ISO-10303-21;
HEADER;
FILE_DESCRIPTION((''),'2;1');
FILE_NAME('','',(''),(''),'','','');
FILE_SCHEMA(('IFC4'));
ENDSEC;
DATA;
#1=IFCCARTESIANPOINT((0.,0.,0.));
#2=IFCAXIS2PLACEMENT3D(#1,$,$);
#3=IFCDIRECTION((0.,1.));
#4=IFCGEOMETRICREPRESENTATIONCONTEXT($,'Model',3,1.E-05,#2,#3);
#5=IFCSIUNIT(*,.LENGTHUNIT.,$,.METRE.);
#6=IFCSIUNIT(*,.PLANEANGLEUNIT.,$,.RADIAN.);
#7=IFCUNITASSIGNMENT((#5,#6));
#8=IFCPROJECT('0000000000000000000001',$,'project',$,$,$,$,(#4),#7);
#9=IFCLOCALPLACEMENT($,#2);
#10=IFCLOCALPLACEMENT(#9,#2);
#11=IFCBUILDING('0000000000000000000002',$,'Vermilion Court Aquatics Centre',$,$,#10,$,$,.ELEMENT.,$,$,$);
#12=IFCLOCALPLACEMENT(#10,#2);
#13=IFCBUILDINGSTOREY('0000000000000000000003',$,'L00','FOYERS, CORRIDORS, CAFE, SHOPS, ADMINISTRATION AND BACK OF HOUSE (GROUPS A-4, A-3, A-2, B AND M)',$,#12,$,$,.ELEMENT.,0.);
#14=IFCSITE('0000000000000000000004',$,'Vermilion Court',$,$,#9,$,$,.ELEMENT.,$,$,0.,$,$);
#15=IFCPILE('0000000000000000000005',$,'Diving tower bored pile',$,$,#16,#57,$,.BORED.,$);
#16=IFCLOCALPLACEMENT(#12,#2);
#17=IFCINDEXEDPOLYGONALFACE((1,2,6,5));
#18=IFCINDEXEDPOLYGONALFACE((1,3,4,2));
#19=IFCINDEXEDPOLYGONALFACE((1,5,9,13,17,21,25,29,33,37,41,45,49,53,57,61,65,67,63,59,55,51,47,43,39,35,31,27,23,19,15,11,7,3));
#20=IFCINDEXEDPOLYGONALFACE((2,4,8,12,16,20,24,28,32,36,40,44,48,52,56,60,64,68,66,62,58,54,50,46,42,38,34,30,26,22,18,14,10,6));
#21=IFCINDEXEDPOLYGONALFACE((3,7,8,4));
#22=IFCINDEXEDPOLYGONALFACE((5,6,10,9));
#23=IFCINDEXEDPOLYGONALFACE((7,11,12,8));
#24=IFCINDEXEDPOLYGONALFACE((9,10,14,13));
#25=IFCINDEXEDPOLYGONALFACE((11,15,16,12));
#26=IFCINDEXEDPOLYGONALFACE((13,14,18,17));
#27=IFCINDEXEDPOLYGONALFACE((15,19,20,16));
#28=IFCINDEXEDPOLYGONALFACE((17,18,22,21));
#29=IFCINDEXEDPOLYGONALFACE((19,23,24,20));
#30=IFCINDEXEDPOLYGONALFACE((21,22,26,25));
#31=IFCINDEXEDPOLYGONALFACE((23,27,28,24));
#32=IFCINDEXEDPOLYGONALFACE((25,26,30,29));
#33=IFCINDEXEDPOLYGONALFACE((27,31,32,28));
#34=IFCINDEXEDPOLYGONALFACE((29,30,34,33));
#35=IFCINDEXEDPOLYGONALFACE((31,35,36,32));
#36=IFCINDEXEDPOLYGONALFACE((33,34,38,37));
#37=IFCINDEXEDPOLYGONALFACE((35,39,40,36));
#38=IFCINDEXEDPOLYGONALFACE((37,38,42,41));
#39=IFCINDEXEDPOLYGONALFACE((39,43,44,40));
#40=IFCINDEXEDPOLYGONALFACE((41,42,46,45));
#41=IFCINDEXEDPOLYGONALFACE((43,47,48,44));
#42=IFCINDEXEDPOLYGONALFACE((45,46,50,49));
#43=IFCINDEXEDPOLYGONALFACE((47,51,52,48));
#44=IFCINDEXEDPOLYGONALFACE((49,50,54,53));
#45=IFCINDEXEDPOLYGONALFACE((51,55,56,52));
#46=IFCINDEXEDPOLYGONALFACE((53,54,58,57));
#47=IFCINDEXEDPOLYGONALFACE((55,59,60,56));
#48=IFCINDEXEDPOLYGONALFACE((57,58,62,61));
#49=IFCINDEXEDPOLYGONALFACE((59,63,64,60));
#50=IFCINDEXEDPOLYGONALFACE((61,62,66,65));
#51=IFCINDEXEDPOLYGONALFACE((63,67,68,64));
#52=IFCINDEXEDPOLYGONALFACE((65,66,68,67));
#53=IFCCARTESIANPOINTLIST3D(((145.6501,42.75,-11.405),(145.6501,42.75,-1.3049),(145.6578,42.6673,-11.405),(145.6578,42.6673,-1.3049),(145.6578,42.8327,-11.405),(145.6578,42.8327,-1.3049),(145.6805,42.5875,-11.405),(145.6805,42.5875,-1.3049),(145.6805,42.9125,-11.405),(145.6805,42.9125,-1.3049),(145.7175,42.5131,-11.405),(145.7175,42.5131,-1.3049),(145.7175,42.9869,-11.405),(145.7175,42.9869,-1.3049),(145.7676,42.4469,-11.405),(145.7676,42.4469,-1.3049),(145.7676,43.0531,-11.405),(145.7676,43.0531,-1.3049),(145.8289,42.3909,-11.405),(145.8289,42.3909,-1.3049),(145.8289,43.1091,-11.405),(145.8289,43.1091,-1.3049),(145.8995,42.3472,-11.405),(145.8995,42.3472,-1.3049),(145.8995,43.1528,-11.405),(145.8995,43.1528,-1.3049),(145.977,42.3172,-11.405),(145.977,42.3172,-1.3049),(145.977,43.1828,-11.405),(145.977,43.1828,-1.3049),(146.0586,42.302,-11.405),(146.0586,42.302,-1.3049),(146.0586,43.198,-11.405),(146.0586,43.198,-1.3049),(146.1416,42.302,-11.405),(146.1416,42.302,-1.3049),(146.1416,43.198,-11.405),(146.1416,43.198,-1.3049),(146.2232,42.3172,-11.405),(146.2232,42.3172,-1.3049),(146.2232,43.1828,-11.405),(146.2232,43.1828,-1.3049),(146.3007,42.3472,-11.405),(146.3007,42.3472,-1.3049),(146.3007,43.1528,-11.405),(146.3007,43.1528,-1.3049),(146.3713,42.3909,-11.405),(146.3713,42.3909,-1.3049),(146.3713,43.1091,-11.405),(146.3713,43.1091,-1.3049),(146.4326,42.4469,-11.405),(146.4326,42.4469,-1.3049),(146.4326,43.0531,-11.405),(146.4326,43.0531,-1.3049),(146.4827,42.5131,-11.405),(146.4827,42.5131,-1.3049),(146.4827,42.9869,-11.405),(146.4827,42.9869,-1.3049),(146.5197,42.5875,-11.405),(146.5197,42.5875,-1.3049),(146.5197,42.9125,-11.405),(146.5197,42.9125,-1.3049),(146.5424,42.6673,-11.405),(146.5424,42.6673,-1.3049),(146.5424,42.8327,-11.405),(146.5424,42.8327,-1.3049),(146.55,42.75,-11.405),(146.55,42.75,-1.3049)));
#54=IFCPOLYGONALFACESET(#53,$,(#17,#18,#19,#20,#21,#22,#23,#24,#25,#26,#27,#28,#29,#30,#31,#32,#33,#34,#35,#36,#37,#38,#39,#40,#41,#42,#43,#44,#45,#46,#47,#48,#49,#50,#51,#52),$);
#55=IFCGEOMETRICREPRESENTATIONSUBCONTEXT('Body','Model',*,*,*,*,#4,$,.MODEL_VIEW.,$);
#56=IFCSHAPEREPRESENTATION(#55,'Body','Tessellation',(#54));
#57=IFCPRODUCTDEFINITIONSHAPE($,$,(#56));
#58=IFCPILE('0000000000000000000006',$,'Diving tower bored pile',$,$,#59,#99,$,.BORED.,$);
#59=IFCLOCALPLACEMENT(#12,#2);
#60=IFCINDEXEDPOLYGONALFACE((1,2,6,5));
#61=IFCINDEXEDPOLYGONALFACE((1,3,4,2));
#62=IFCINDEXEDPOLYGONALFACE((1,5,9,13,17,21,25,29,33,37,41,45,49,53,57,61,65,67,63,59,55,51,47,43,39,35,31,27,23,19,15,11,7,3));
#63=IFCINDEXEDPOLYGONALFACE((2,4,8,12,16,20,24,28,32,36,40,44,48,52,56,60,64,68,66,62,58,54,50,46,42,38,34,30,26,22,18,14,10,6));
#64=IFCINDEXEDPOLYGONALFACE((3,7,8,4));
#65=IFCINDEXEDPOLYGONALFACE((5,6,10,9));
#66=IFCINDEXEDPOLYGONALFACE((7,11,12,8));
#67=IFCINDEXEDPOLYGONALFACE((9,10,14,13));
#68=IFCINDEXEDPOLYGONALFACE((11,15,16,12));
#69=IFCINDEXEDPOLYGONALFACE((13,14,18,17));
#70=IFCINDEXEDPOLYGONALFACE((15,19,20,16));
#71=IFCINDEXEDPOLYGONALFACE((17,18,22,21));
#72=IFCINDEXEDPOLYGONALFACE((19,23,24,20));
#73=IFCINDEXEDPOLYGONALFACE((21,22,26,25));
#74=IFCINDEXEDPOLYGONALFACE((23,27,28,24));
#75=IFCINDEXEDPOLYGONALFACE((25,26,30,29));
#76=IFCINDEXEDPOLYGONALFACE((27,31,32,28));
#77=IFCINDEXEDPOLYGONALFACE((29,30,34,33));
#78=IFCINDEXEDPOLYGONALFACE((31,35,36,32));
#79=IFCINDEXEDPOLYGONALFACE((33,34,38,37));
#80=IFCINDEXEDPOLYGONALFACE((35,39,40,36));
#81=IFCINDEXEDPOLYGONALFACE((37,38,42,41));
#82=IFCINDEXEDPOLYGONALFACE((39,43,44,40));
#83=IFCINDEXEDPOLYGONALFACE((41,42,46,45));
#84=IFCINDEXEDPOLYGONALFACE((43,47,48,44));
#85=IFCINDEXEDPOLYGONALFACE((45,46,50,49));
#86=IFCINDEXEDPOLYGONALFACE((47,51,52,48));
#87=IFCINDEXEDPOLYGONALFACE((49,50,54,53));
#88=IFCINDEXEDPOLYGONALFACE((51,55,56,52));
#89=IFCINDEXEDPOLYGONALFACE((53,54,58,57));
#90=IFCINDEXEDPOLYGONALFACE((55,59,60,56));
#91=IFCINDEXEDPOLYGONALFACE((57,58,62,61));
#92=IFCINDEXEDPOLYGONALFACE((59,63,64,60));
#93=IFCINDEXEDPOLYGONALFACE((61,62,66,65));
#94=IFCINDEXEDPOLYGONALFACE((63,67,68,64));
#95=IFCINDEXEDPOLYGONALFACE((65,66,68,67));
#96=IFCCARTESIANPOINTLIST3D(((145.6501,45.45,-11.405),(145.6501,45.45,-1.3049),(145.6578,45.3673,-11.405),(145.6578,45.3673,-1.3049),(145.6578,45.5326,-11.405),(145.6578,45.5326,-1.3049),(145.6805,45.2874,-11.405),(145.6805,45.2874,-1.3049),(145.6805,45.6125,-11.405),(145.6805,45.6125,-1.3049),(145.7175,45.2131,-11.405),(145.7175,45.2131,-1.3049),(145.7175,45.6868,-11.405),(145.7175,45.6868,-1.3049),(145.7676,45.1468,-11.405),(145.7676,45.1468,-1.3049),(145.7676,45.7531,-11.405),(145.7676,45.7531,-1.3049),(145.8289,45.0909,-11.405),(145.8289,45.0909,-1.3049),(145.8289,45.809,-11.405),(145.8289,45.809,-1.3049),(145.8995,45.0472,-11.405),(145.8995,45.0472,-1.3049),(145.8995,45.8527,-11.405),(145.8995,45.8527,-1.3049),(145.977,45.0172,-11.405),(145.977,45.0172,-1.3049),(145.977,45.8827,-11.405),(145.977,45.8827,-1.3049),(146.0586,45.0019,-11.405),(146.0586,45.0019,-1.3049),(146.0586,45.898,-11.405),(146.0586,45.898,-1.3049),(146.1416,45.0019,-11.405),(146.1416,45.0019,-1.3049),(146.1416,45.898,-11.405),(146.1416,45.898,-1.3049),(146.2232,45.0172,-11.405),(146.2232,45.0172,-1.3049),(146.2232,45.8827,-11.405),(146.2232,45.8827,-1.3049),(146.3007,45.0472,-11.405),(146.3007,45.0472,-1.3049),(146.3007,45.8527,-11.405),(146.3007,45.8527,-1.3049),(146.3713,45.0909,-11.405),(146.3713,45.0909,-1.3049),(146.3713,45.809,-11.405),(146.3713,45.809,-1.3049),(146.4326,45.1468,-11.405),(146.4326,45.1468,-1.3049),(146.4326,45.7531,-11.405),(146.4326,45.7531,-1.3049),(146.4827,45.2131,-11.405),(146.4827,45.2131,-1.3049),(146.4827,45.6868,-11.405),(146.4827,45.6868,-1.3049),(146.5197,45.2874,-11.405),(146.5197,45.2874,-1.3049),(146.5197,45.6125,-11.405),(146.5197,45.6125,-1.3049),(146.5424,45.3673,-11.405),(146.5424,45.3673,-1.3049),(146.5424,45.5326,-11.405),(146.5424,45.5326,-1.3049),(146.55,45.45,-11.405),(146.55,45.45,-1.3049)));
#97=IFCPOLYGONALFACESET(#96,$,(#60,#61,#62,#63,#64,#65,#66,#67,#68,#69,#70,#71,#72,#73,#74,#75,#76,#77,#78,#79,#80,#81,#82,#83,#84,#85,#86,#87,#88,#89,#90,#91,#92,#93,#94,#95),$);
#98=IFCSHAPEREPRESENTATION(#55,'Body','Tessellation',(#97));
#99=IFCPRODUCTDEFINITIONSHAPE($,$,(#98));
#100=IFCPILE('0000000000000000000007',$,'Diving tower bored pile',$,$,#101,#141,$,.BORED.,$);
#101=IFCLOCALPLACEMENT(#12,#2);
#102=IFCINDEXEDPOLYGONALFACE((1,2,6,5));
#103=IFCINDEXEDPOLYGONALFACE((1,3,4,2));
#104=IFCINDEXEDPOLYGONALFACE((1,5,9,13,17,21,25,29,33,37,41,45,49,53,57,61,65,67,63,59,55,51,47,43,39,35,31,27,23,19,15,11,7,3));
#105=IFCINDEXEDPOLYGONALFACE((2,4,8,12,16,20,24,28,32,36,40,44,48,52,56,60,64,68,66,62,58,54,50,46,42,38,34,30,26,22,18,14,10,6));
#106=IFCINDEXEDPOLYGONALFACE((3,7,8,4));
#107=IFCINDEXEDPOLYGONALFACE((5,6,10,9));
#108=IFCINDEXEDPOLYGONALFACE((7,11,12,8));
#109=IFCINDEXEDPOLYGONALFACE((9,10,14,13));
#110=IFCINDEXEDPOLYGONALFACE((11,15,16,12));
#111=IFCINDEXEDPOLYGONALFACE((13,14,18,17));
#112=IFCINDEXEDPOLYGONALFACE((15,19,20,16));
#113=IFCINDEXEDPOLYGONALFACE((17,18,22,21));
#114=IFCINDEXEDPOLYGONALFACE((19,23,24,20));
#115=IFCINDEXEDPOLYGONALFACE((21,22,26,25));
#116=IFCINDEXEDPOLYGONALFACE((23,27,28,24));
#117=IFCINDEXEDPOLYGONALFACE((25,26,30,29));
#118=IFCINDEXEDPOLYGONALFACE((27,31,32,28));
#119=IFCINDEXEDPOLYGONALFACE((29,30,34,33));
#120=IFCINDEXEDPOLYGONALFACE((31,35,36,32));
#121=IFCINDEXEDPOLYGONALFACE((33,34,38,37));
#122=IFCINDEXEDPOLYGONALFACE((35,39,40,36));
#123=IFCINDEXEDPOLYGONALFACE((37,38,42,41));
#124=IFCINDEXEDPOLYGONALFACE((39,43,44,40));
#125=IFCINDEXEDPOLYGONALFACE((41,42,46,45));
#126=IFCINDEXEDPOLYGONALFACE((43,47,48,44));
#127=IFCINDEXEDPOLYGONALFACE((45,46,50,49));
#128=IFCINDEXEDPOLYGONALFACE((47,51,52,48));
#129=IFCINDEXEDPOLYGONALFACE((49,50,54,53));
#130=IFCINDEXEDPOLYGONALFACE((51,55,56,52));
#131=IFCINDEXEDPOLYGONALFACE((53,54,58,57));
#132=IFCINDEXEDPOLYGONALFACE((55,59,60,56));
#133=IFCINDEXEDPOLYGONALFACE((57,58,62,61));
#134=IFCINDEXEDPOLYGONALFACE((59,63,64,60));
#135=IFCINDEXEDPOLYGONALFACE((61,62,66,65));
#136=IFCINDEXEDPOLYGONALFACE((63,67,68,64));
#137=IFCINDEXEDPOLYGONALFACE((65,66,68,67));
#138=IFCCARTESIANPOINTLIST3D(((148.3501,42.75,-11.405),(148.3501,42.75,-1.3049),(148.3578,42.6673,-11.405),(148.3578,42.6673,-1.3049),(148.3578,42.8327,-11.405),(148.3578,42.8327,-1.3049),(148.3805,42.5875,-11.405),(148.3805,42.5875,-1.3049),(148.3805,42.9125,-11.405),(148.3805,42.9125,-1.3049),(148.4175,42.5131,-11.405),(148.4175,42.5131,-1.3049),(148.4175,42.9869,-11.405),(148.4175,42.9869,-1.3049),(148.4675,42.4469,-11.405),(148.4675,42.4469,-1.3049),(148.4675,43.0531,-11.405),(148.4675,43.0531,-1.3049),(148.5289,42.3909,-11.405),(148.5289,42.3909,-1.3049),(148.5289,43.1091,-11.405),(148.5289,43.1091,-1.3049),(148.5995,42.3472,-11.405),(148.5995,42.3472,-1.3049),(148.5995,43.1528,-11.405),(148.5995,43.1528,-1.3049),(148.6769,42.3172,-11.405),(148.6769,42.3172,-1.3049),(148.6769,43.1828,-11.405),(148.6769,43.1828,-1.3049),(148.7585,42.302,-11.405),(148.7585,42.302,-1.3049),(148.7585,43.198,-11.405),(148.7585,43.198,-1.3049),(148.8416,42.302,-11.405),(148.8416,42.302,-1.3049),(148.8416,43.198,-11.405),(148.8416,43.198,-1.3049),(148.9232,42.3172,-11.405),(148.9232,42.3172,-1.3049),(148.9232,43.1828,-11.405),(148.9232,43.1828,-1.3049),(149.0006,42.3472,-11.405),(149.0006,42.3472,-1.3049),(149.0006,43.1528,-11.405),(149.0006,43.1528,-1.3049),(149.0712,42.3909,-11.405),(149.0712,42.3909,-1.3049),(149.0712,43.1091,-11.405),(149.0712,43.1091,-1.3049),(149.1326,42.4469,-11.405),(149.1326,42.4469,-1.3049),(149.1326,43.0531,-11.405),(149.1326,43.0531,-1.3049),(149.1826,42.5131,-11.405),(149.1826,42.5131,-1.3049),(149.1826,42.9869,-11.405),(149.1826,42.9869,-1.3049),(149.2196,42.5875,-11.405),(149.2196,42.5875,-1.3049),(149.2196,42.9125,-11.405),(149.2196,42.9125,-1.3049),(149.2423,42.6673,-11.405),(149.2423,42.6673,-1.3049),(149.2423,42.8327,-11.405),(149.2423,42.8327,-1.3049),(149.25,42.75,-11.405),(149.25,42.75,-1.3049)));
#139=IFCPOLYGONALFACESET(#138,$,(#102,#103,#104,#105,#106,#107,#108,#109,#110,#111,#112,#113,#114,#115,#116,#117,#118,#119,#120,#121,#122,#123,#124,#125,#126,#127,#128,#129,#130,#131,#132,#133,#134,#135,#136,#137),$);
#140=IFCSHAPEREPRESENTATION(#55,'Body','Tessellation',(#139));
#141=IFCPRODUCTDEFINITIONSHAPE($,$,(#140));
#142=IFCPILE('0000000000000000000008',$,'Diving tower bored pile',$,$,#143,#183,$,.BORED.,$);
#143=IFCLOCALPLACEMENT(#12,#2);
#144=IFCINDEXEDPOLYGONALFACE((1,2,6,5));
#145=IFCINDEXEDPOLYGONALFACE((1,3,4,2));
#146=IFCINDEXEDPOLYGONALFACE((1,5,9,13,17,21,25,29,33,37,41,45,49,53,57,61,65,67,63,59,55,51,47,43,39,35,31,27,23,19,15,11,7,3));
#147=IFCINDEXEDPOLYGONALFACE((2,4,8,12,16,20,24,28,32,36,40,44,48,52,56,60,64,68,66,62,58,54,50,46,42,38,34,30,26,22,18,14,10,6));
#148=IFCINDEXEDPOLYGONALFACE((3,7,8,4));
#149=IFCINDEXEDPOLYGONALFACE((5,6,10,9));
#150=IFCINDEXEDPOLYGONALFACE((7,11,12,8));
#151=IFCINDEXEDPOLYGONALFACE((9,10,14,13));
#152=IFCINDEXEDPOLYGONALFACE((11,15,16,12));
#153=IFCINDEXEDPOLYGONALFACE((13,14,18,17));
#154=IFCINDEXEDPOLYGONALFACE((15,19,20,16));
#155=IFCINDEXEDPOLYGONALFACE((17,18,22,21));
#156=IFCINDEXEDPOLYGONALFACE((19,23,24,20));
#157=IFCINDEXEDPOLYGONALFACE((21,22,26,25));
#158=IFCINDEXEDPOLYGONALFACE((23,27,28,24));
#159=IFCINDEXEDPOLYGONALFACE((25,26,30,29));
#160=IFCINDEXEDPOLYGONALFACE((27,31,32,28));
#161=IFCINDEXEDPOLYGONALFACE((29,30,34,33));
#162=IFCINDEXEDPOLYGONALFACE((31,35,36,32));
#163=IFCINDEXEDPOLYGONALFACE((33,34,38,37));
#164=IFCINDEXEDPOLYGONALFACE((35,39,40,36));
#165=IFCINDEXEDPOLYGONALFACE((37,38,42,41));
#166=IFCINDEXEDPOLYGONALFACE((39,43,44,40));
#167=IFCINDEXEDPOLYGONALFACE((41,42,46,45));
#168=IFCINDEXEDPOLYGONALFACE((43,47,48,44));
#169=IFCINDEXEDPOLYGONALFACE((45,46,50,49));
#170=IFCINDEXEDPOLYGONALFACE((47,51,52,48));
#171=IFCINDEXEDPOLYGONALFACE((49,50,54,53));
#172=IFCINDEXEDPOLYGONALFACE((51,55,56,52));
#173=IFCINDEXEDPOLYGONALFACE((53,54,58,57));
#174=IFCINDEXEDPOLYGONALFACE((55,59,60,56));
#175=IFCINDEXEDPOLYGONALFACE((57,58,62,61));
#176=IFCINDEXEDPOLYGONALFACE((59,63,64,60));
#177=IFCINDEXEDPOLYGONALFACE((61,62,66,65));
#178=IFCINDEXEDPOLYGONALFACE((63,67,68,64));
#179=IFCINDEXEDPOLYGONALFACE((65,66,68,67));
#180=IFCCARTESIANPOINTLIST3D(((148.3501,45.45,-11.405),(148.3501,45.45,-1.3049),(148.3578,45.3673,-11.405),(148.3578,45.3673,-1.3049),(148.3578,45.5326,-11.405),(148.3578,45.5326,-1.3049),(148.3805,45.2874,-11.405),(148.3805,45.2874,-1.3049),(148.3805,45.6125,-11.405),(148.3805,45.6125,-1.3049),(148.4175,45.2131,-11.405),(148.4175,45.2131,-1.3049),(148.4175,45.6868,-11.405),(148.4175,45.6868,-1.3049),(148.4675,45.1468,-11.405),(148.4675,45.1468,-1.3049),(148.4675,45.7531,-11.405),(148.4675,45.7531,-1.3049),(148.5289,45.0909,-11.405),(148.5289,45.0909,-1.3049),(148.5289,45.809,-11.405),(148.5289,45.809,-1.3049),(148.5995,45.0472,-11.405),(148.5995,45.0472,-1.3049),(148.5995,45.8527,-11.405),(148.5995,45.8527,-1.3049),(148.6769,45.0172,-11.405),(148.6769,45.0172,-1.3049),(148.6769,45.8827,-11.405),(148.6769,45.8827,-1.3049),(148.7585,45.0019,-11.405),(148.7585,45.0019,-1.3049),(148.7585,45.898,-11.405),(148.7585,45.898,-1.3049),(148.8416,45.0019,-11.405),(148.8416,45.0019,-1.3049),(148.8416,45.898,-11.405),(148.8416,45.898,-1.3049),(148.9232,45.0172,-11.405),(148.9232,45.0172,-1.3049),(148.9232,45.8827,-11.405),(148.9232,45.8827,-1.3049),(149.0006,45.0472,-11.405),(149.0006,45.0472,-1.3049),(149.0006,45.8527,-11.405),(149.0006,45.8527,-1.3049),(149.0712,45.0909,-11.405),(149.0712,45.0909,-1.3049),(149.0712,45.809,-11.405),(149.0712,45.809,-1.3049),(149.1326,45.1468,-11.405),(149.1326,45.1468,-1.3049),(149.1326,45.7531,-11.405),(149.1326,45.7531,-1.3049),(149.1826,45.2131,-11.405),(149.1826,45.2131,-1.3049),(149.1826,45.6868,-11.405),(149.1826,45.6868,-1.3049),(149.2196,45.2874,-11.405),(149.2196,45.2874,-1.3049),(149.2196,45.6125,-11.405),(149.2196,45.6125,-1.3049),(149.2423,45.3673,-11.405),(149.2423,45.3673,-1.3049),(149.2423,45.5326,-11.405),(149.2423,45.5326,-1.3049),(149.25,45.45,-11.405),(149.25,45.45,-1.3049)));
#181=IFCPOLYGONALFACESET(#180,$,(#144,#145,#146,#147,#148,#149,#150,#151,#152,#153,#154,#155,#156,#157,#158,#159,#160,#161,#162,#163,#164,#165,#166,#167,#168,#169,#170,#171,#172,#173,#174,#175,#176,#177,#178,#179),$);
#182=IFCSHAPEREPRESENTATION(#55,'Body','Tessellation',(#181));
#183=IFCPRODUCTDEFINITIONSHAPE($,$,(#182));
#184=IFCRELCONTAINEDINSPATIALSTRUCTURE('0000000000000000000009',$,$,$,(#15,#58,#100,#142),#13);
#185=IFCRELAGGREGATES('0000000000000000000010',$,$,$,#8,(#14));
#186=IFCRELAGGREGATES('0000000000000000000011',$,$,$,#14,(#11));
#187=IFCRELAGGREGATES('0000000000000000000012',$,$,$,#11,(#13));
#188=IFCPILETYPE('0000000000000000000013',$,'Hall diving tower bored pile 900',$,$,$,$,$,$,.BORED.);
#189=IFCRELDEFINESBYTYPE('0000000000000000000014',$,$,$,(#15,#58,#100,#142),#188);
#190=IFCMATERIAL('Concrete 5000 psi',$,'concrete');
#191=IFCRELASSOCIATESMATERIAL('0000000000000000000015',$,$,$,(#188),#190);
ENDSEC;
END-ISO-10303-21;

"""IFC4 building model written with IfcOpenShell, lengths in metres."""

from ifc_helpers import new_model, si_unit, direction, frame, origin, origin_2d, place, context, subcontext, project, spatial, circle, extrude, material, material_profile, profile_set, type_object, element, save


model = new_model("IFC4")

# Units and contexts
model_context = context("Model", 3, precision=1e-05, world=origin(), true_north=direction((0.0, 1.0)))
body_context = subcontext(model_context, "Body", "Model", "MODEL_VIEW")
ifc_project = project(units=[si_unit("LENGTHUNIT", "METRE"), si_unit("PLANEANGLEUNIT", "RADIAN")], contexts=[model_context])

# Site, building, storey
site_placement = place(None, origin())
site = spatial("IfcSite", under=ifc_project, at=site_placement, Name="Vermilion Court", CompositionType="ELEMENT", RefElevation=0.0)
building_placement = place(site_placement, origin())
building = spatial("IfcBuilding", under=site, at=building_placement, Name="Vermilion Court Aquatics Centre", CompositionType="ELEMENT")
storey_placement = place(building_placement, origin())
storey = spatial("IfcBuildingStorey", under=building, at=storey_placement, Name="L00", Description="FOYERS, CORRIDORS, CAFE, SHOPS, ADMINISTRATION AND BACK OF HOUSE (GROUPS A-4, A-3, A-2, B AND M)", CompositionType="ELEMENT", Elevation=0.0)

# Piles
ifc_material_1 = material(Name="Concrete 5000 psi", Category="concrete")
ifc_material_profile = material_profile(ifc_material_1, circle(Radius=0.45, at=origin_2d()), Name="D900")
ifc_profile_set = profile_set([ifc_material_profile], Name="Concrete 5000 psi")
pile_type = type_object("IfcPileType", Name="Hall diving tower bored pile 900", PredefinedType="BORED", material=ifc_profile_set)
for number, where, z_axis, x_axis, name in (
    (1, (146.1001, 42.75, -1.3049), (0.0, 0.0, -1.0), (1.0, 0.0, 0.0), "Diving tower bored pile"),
    (2, (146.1001, 45.45, -1.3049), (0.0, 0.0, -1.0), (1.0, 0.0, 0.0), "Diving tower bored pile"),
    (3, (148.8, 42.75, -1.3049), (0.0, 0.0, -1.0), (1.0, 0.0, 0.0), "Diving tower bored pile"),
    (4, (148.8, 45.45, -1.3049), (0.0, 0.0, -1.0), (1.0, 0.0, 0.0), "Diving tower bored pile"),
):
    element("IfcPile", number, at=place(storey_placement, frame(where, z_axis=z_axis, x_axis=x_axis)), inside=storey, type_object=pile_type, Name=name, PredefinedType="BORED", context=body_context, shape_type="SweptSolid", body=[
        extrude(circle(Radius=0.45, at=origin_2d()), origin(), (0.0, 0.0, 1.0), 10.1001),
    ])

save(model, "model.ifc")
